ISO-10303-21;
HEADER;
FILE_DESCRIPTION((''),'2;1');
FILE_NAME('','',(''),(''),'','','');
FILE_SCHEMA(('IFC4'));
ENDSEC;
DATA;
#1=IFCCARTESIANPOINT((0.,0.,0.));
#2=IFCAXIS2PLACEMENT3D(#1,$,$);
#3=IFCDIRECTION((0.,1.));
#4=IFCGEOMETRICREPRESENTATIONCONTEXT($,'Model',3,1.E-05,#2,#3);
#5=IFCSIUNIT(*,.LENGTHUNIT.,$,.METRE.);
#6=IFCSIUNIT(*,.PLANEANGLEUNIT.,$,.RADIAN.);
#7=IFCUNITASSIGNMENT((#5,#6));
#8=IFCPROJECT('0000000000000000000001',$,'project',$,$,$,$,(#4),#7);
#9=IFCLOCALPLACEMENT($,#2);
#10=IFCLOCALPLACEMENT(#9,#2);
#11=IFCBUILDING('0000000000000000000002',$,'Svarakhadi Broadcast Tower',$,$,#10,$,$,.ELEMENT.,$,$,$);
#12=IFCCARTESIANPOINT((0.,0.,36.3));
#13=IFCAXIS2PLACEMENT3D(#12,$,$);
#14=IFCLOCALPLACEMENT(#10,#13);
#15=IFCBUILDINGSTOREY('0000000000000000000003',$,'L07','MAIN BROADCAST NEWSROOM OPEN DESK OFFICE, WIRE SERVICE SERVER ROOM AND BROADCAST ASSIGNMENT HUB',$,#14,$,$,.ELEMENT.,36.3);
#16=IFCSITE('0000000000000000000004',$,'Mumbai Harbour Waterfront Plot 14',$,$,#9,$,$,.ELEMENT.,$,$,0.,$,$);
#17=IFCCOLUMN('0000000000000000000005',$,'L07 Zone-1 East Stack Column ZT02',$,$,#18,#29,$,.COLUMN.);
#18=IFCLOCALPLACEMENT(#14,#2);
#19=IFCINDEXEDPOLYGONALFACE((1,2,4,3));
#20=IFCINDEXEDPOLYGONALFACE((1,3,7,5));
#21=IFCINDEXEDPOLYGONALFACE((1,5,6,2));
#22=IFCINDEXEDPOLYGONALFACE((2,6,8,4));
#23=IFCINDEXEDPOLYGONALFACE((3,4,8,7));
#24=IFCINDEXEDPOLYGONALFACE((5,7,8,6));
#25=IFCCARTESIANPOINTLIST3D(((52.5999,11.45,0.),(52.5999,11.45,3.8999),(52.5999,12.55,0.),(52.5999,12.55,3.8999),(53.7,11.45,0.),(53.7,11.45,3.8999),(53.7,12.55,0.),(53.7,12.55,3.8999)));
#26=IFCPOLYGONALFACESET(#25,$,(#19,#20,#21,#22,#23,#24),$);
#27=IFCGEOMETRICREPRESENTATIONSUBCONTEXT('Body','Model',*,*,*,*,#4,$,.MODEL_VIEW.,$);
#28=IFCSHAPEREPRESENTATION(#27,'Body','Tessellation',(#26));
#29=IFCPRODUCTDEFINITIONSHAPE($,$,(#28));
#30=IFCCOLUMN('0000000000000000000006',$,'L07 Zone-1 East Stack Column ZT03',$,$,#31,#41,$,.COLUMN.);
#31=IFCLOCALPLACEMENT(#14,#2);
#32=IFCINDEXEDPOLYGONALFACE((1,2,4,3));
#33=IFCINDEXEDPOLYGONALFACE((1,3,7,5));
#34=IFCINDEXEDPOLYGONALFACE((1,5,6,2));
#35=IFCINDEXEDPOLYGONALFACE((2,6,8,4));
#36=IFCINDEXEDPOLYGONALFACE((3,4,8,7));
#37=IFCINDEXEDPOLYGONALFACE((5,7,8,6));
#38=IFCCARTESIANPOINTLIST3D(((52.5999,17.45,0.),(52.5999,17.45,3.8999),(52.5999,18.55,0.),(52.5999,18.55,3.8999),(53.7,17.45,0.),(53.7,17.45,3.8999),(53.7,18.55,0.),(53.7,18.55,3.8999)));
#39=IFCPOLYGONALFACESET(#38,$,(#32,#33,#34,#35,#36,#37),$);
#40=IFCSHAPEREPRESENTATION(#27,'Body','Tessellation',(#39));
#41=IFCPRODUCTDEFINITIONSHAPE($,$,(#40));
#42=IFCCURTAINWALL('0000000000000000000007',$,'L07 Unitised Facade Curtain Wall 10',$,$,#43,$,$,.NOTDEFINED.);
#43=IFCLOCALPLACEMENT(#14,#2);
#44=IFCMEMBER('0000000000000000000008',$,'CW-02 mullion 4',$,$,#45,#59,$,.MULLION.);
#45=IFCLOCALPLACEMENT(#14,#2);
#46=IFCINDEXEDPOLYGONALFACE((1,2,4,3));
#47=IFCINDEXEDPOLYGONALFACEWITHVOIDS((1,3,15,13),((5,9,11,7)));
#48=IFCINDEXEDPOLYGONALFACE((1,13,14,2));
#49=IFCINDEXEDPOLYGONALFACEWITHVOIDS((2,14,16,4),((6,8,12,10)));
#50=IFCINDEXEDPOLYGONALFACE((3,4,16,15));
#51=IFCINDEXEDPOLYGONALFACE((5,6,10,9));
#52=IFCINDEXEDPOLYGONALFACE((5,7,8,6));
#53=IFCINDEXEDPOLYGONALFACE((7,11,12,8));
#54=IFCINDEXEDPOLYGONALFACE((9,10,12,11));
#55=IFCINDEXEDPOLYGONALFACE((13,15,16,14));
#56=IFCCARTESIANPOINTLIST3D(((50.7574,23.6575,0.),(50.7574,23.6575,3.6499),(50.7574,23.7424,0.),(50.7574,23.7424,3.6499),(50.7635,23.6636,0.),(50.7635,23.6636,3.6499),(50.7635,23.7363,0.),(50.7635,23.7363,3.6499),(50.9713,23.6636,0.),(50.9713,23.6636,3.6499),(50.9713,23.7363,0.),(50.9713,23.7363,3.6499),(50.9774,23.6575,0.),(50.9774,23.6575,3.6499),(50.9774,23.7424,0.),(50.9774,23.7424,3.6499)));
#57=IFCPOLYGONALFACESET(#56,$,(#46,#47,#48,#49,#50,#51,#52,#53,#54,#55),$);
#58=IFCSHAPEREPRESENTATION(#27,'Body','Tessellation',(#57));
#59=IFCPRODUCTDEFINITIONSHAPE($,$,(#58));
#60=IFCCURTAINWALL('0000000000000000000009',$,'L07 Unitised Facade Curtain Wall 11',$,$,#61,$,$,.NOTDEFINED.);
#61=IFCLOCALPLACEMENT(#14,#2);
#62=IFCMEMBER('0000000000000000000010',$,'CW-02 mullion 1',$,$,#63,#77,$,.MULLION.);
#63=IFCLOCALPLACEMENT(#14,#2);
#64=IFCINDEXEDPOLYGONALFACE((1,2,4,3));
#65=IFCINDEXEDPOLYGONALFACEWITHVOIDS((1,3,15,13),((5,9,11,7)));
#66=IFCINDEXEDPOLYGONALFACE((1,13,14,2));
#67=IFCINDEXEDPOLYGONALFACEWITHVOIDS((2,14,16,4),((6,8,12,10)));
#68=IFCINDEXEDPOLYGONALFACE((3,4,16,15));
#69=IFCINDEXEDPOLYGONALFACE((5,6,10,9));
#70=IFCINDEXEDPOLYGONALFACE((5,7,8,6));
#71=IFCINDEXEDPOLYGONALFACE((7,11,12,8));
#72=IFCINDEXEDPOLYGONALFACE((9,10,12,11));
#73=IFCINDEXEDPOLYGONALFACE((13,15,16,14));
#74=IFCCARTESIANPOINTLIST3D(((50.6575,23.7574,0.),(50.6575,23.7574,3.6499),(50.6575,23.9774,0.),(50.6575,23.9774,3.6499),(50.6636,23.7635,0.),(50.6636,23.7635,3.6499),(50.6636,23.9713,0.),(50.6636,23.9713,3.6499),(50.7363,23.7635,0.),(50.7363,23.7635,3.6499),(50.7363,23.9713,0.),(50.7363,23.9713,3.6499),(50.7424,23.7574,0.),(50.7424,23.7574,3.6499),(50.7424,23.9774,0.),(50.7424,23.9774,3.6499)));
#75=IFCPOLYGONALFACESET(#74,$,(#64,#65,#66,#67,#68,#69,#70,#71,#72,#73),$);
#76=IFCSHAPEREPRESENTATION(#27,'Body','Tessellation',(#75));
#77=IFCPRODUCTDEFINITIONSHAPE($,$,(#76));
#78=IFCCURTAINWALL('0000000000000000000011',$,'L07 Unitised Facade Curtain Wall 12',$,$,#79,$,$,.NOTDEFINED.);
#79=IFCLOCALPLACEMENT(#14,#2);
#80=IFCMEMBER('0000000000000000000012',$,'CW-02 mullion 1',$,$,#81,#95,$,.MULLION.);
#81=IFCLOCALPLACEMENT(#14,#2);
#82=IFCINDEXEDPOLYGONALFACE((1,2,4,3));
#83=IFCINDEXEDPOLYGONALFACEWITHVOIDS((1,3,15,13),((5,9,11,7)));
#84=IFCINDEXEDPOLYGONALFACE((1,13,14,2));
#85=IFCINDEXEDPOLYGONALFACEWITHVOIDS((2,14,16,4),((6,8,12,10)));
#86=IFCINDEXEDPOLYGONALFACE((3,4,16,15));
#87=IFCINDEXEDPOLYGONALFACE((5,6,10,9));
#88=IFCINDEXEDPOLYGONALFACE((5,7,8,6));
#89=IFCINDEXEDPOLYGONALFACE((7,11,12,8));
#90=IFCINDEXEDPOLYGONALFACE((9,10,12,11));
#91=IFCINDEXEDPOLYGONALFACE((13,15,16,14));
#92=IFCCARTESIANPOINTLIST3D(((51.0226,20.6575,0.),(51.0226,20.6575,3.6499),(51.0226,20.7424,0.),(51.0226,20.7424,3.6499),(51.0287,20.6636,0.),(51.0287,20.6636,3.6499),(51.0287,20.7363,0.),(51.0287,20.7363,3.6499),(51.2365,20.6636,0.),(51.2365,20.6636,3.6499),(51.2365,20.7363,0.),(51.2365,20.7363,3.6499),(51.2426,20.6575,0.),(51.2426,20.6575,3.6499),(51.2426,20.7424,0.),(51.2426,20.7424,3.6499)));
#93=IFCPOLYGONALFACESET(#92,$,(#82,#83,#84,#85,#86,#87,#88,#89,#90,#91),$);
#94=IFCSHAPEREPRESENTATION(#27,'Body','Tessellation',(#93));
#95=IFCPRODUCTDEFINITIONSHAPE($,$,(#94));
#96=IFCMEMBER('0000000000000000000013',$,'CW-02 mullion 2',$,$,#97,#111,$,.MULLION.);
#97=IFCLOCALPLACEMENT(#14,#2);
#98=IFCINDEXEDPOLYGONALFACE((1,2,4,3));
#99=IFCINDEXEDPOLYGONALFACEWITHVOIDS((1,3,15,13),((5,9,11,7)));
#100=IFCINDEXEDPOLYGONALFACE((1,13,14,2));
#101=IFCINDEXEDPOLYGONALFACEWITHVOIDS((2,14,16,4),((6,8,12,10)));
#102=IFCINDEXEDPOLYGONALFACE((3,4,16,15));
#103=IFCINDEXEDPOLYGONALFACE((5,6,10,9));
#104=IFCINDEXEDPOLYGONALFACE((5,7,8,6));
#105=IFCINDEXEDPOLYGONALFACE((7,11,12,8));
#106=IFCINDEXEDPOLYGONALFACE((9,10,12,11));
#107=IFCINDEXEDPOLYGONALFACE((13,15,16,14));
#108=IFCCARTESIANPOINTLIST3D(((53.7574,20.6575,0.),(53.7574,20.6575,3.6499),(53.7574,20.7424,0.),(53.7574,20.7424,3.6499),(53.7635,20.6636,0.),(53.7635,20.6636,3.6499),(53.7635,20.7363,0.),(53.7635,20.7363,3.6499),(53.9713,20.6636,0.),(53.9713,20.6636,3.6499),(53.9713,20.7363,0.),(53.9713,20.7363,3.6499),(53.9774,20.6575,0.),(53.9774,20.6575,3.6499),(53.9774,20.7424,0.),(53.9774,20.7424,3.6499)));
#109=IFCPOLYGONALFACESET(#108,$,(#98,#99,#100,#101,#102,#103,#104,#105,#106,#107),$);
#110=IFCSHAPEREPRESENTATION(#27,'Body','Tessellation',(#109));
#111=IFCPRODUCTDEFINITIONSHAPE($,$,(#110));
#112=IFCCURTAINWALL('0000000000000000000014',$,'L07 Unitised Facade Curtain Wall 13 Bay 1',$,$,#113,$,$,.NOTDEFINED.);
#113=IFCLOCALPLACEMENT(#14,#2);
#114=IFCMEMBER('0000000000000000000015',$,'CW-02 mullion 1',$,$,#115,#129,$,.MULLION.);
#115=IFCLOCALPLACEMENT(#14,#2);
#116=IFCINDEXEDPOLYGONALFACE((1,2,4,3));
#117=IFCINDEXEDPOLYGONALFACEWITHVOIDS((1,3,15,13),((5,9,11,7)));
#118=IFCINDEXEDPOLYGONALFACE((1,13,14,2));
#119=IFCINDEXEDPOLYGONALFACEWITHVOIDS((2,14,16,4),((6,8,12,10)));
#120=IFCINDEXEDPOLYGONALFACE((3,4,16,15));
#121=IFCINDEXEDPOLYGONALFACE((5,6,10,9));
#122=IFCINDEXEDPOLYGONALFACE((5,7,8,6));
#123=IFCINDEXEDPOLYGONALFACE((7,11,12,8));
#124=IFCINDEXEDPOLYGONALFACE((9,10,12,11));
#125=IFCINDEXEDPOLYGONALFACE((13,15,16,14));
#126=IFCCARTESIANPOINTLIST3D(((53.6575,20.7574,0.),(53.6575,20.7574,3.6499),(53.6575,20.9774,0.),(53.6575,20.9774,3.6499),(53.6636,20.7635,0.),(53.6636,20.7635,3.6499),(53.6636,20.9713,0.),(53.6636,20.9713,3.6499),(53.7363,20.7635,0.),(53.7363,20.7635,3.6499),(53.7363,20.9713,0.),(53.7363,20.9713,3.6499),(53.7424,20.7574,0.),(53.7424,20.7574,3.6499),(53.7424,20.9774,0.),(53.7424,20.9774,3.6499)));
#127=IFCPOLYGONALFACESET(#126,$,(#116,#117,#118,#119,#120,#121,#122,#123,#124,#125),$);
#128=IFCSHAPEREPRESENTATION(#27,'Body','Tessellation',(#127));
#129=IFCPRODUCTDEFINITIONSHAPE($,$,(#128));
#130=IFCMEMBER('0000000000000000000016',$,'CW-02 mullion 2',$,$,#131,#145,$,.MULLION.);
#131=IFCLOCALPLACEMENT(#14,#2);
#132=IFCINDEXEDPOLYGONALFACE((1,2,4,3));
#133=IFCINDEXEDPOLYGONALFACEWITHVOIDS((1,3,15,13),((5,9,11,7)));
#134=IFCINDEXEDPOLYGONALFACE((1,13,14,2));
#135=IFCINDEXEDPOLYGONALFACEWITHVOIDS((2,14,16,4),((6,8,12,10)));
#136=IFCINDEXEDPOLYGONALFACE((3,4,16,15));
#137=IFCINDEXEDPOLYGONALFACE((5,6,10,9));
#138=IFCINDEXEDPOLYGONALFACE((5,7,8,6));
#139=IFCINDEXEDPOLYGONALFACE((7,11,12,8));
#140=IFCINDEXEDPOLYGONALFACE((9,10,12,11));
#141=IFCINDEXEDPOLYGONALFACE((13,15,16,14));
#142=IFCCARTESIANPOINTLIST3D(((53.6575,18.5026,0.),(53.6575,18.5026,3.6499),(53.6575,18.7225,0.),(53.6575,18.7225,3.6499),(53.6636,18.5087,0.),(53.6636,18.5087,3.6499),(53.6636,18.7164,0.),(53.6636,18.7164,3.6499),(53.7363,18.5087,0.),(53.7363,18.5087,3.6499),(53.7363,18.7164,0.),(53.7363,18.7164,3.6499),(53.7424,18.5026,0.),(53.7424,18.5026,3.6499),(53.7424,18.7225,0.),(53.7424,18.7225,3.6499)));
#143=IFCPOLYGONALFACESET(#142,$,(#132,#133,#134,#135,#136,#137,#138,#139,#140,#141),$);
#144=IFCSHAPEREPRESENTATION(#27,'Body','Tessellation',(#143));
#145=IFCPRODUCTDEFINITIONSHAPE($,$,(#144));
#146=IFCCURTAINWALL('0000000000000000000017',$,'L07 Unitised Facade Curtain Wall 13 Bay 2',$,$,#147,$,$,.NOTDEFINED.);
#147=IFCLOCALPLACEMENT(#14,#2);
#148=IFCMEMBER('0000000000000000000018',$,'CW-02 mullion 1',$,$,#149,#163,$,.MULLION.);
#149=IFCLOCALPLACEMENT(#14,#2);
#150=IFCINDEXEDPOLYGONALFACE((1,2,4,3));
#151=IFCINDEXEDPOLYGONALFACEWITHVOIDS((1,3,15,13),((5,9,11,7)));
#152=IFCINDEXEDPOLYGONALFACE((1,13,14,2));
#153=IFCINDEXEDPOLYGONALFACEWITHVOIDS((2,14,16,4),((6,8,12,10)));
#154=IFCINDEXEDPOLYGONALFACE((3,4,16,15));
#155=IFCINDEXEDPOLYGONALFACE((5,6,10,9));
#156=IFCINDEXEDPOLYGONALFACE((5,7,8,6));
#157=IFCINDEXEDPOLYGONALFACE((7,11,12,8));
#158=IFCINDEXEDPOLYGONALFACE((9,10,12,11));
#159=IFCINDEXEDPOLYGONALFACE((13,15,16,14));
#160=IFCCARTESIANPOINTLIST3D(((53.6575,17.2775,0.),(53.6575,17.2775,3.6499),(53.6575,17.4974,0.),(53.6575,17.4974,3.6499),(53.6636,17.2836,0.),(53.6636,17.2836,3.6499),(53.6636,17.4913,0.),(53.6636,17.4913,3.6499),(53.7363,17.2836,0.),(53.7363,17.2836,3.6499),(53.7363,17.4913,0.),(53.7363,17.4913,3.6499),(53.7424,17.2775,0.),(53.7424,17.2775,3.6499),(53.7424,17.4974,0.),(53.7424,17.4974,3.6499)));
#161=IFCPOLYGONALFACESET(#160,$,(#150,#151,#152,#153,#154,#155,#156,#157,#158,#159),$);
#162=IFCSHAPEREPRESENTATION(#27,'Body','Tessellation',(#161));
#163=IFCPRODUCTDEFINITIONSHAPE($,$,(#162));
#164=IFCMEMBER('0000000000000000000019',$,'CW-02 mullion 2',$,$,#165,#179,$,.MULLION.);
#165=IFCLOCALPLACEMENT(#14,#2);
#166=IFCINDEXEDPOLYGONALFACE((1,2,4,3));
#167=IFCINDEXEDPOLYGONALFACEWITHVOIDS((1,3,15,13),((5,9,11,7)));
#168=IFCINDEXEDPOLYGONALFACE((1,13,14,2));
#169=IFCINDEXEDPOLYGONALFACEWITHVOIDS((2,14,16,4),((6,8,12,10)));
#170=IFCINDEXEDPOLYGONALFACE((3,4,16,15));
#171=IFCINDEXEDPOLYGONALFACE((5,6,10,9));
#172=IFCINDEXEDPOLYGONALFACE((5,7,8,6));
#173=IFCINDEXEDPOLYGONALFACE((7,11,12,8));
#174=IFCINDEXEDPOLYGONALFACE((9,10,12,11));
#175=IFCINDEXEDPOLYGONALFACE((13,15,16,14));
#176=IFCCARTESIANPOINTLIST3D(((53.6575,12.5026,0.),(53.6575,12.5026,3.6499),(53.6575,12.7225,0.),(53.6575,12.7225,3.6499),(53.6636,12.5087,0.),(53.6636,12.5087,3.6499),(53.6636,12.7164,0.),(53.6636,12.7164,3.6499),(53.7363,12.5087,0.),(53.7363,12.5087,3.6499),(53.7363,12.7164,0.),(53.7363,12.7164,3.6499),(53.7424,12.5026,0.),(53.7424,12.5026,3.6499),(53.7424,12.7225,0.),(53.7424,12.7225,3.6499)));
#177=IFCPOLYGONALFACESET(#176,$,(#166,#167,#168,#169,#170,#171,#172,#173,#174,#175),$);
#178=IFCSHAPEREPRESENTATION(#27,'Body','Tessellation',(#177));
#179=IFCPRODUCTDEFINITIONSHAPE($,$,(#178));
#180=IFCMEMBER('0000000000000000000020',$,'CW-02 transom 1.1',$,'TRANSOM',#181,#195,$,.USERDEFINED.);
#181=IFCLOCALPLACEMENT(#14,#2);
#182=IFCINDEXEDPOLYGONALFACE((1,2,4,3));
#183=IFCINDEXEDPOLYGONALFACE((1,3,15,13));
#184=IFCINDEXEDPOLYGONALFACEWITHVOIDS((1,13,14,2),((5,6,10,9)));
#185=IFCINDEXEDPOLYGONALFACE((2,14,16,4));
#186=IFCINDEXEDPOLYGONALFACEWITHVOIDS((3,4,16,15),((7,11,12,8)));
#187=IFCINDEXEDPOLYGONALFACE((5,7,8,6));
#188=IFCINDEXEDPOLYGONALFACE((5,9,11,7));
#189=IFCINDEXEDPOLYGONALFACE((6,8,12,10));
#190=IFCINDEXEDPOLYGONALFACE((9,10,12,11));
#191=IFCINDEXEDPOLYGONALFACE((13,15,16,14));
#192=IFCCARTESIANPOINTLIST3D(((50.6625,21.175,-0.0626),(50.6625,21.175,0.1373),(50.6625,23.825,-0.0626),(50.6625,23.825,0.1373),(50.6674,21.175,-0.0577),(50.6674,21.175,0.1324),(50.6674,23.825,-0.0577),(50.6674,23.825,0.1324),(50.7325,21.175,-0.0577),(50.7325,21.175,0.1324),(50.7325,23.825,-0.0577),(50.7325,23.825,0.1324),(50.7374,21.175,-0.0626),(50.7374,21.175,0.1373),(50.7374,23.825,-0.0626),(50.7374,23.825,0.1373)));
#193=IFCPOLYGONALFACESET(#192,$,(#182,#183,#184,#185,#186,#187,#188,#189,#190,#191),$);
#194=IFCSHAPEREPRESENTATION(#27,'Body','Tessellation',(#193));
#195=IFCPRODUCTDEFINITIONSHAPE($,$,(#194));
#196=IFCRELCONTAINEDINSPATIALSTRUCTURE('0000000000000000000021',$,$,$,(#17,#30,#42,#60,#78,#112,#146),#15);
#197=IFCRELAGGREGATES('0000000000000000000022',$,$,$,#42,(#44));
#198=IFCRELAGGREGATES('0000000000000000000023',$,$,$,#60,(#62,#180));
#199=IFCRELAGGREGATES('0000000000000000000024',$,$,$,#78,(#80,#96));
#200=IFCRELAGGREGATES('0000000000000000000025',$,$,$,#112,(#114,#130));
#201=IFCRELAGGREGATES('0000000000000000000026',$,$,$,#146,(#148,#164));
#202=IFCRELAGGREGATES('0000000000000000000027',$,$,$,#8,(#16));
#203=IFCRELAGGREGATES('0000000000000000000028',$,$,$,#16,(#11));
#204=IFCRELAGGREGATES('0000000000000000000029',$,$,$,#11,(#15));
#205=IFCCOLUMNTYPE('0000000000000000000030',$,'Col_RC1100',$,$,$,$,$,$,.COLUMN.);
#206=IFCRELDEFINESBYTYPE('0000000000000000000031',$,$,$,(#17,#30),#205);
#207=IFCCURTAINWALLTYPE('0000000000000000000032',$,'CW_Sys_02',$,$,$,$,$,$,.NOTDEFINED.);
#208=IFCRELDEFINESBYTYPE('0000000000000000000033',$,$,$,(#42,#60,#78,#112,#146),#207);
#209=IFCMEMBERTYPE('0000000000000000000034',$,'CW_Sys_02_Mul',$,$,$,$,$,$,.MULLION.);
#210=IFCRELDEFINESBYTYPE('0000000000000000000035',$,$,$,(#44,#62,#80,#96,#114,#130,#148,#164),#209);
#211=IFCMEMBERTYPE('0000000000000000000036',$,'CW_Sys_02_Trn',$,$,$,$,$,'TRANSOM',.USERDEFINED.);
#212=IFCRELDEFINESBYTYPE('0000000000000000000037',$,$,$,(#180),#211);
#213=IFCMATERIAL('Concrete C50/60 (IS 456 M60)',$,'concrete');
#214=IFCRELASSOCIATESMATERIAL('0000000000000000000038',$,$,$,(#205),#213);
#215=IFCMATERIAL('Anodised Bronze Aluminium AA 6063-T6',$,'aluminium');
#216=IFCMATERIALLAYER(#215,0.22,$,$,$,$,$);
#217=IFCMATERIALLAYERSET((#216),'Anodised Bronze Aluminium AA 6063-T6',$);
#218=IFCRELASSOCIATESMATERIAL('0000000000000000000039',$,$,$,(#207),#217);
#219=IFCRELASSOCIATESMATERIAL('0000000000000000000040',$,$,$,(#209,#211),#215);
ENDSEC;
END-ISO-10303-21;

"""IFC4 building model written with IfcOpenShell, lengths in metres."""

from ifc_helpers import new_model, si_unit, direction, frame, origin, origin_2d, place, context, subcontext, project, spatial, rectangle, hollow_rectangle, extrude, material, layer, layer_set, material_profile, profile_set, type_object, element, aggregate, save


model = new_model("IFC4")

# Units and contexts
model_context = context("Model", 3, precision=1e-05, world=origin(), true_north=direction((0.0, 1.0)))
body_context = subcontext(model_context, "Body", "Model", "MODEL_VIEW")
ifc_project = project(units=[si_unit("LENGTHUNIT", "METRE"), si_unit("PLANEANGLEUNIT", "RADIAN")], contexts=[model_context])

# Site, building, storey
site_placement = place(None, origin())
site = spatial("IfcSite", under=ifc_project, at=site_placement, Name="Mumbai Harbour Waterfront Plot 14", CompositionType="ELEMENT", RefElevation=0.0)
building_placement = place(site_placement, origin())
building = spatial("IfcBuilding", under=site, at=building_placement, Name="Svarakhadi Broadcast Tower", CompositionType="ELEMENT")
storey_placement = place(building_placement, frame((0.0, 0.0, 36.3)))
storey = spatial("IfcBuildingStorey", under=building, at=storey_placement, Name="L07", Description="MAIN BROADCAST NEWSROOM OPEN DESK OFFICE, WIRE SERVICE SERVER ROOM AND BROADCAST ASSIGNMENT HUB", CompositionType="ELEMENT", Elevation=36.3)

# Columns
ifc_material_1 = material(Name="Concrete C50/60 (IS 456 M60)", Category="concrete")
ifc_material_profile_1 = material_profile(ifc_material_1, rectangle(XDim=1.1001, YDim=1.1001, at=origin_2d()), Name="RC 1100x1100")
ifc_profile_set_1 = profile_set([ifc_material_profile_1], Name="Concrete C50/60 (IS 456 M60)")
column_type = type_object("IfcColumnType", Name="Col_RC1100", PredefinedType="COLUMN", material=ifc_profile_set_1)
for number, where, z_axis, x_axis, name in (
    (1, (53.1499, 12.0, 0.0), (0.0, 0.0, 1.0), (1.0, 0.0, 0.0), "L07 Zone-1 East Stack Column ZT02"),
    (2, (53.1499, 18.0, 0.0), (0.0, 0.0, 1.0), (1.0, 0.0, 0.0), "L07 Zone-1 East Stack Column ZT03"),
):
    element("IfcColumn", number, at=place(storey_placement, frame(where, z_axis=z_axis, x_axis=x_axis)), inside=storey, type_object=column_type, Name=name, PredefinedType="COLUMN", context=body_context, shape_type="SweptSolid", body=[
        extrude(rectangle(XDim=1.1001, YDim=1.1001, at=origin_2d()), origin(), (0.0, 0.0, 1.0), 3.8999),
    ])

# Curtain walls, members
ifc_material_2 = material(Name="Anodised Bronze Aluminium AA 6063-T6", Category="aluminium")
ifc_layer_1 = layer(ifc_material_2, 0.22)
ifc_layer_set_1 = layer_set([ifc_layer_1], Name="Anodised Bronze Aluminium AA 6063-T6")
curtain_wall_type = type_object("IfcCurtainWallType", Name="CW_Sys_02", PredefinedType="NOTDEFINED", material=ifc_layer_set_1)
curtain_wall_1_placement = place(storey_placement, origin())
curtain_wall_1 = element("IfcCurtainWall", 3, at=curtain_wall_1_placement, inside=storey, type_object=curtain_wall_type, Name="L07 Unitised Facade Curtain Wall 10", PredefinedType="NOTDEFINED")
ifc_material_profile_2 = material_profile(ifc_material_2, hollow_rectangle(XDim=0.085, YDim=0.22, WallThickness=0.0061, at=origin_2d()), Name="ALU MULLION 220x85x6")
ifc_profile_set_2 = profile_set([ifc_material_profile_2], Name="Anodised Bronze Aluminium AA 6063-T6")
member_type_1 = type_object("IfcMemberType", Name="CW_Sys_02_Mul", PredefinedType="MULLION", material=ifc_profile_set_2)
member_1_placement = place(storey_placement, frame((50.8674, 23.7, 0.0), z_axis=(0.0, 0.0, 1.0), x_axis=(0.0, 1.0, 0.0)))
member_1 = element("IfcMember", 4, at=member_1_placement, type_object=member_type_1, Name="CW-02 mullion 4", PredefinedType="MULLION", context=body_context, shape_type="SweptSolid", body=[
    extrude(hollow_rectangle(XDim=0.085, YDim=0.22, WallThickness=0.0061, at=origin_2d()), origin(), (0.0, 0.0, 1.0), 3.6499),
])
aggregate(curtain_wall_1, [member_1])
curtain_wall_2_placement = place(storey_placement, origin())
curtain_wall_2 = element("IfcCurtainWall", 5, at=curtain_wall_2_placement, inside=storey, type_object=curtain_wall_type, Name="L07 Unitised Facade Curtain Wall 11", PredefinedType="NOTDEFINED")
member_2_placement = place(storey_placement, frame((50.7, 23.8674, 0.0), z_axis=(0.0, 0.0, 1.0), x_axis=(1.0, 0.0, 0.0)))
member_2 = element("IfcMember", 6, at=member_2_placement, type_object=member_type_1, Name="CW-02 mullion 1", PredefinedType="MULLION", context=body_context, shape_type="SweptSolid", body=[
    extrude(hollow_rectangle(XDim=0.085, YDim=0.22, WallThickness=0.0061, at=origin_2d()), origin(), (0.0, 0.0, 1.0), 3.6499),
])

# Curtain walls, members
curtain_wall_3_placement = place(storey_placement, origin())
curtain_wall_3 = element("IfcCurtainWall", 7, at=curtain_wall_3_placement, inside=storey, type_object=curtain_wall_type, Name="L07 Unitised Facade Curtain Wall 12", PredefinedType="NOTDEFINED")
member_3_placement = place(storey_placement, frame((51.1326, 20.7, 0.0), z_axis=(0.0, 0.0, 1.0), x_axis=(0.0, 1.0, 0.0)))
member_3 = element("IfcMember", 8, at=member_3_placement, type_object=member_type_1, Name="CW-02 mullion 1", PredefinedType="MULLION", context=body_context, shape_type="SweptSolid", body=[
    extrude(hollow_rectangle(XDim=0.085, YDim=0.22, WallThickness=0.0061, at=origin_2d()), origin(), (0.0, 0.0, 1.0), 3.6499),
])
member_4_placement = place(storey_placement, frame((53.8674, 20.7, 0.0), z_axis=(0.0, 0.0, 1.0), x_axis=(0.0, 1.0, 0.0)))
member_4 = element("IfcMember", 9, at=member_4_placement, type_object=member_type_1, Name="CW-02 mullion 2", PredefinedType="MULLION", context=body_context, shape_type="SweptSolid", body=[
    extrude(hollow_rectangle(XDim=0.085, YDim=0.22, WallThickness=0.0061, at=origin_2d()), origin(), (0.0, 0.0, 1.0), 3.6499),
])
curtain_wall_4_placement = place(storey_placement, origin())
curtain_wall_4 = element("IfcCurtainWall", 10, at=curtain_wall_4_placement, inside=storey, type_object=curtain_wall_type, Name="L07 Unitised Facade Curtain Wall 13 Bay 1", PredefinedType="NOTDEFINED")
member_5_placement = place(storey_placement, frame((53.7, 20.8674, 0.0), z_axis=(0.0, 0.0, 1.0), x_axis=(1.0, 0.0, 0.0)))
member_5 = element("IfcMember", 11, at=member_5_placement, type_object=member_type_1, Name="CW-02 mullion 1", PredefinedType="MULLION", context=body_context, shape_type="SweptSolid", body=[
    extrude(hollow_rectangle(XDim=0.085, YDim=0.22, WallThickness=0.0061, at=origin_2d()), origin(), (0.0, 0.0, 1.0), 3.6499),
])
member_6_placement = place(storey_placement, frame((53.7, 18.6125, 0.0), z_axis=(0.0, 0.0, 1.0), x_axis=(1.0, 0.0, 0.0)))
member_6 = element("IfcMember", 12, at=member_6_placement, type_object=member_type_1, Name="CW-02 mullion 2", PredefinedType="MULLION", context=body_context, shape_type="SweptSolid", body=[
    extrude(hollow_rectangle(XDim=0.085, YDim=0.22, WallThickness=0.0061, at=origin_2d()), origin(), (0.0, 0.0, 1.0), 3.6499),
])
curtain_wall_5_placement = place(storey_placement, origin())
curtain_wall_5 = element("IfcCurtainWall", 13, at=curtain_wall_5_placement, inside=storey, type_object=curtain_wall_type, Name="L07 Unitised Facade Curtain Wall 13 Bay 2", PredefinedType="NOTDEFINED")
member_7_placement = place(storey_placement, frame((53.7, 17.3875, 0.0), z_axis=(0.0, 0.0, 1.0), x_axis=(1.0, 0.0, 0.0)))
member_7 = element("IfcMember", 14, at=member_7_placement, type_object=member_type_1, Name="CW-02 mullion 1", PredefinedType="MULLION", context=body_context, shape_type="SweptSolid", body=[
    extrude(hollow_rectangle(XDim=0.085, YDim=0.22, WallThickness=0.0061, at=origin_2d()), origin(), (0.0, 0.0, 1.0), 3.6499),
])
member_8_placement = place(storey_placement, frame((53.7, 12.6125, 0.0), z_axis=(0.0, 0.0, 1.0), x_axis=(1.0, 0.0, 0.0)))
member_8 = element("IfcMember", 15, at=member_8_placement, type_object=member_type_1, Name="CW-02 mullion 2", PredefinedType="MULLION", context=body_context, shape_type="SweptSolid", body=[
    extrude(hollow_rectangle(XDim=0.085, YDim=0.22, WallThickness=0.0061, at=origin_2d()), origin(), (0.0, 0.0, 1.0), 3.6499),
])

# Member
ifc_material_profile_3 = material_profile(ifc_material_2, hollow_rectangle(XDim=0.075, YDim=0.2, WallThickness=0.0049, at=origin_2d()), Name="ALU TRANSOM 200x75x5")
ifc_profile_set_3 = profile_set([ifc_material_profile_3], Name="Anodised Bronze Aluminium AA 6063-T6")
member_type_2 = type_object("IfcMemberType", Name="CW_Sys_02_Trn", ElementType="TRANSOM", PredefinedType="USERDEFINED", material=ifc_profile_set_3)
member_9_placement = place(storey_placement, frame((50.7, 23.825, 0.0374), z_axis=(0.0, -1.0, 0.0), x_axis=(1.0, 0.0, 0.0)))
member_9 = element("IfcMember", 16, at=member_9_placement, type_object=member_type_2, Name="CW-02 transom 1.1", ObjectType="TRANSOM", PredefinedType="USERDEFINED", context=body_context, shape_type="SweptSolid", body=[
    extrude(hollow_rectangle(XDim=0.075, YDim=0.2, WallThickness=0.0049, at=origin_2d()), origin(), (0.0, 0.0, 1.0), 2.6499),
])

aggregate(curtain_wall_2, [member_2, member_9])
aggregate(curtain_wall_3, [member_3, member_4])
aggregate(curtain_wall_4, [member_5, member_6])
aggregate(curtain_wall_5, [member_7, member_8])

save(model, "model.ifc")
